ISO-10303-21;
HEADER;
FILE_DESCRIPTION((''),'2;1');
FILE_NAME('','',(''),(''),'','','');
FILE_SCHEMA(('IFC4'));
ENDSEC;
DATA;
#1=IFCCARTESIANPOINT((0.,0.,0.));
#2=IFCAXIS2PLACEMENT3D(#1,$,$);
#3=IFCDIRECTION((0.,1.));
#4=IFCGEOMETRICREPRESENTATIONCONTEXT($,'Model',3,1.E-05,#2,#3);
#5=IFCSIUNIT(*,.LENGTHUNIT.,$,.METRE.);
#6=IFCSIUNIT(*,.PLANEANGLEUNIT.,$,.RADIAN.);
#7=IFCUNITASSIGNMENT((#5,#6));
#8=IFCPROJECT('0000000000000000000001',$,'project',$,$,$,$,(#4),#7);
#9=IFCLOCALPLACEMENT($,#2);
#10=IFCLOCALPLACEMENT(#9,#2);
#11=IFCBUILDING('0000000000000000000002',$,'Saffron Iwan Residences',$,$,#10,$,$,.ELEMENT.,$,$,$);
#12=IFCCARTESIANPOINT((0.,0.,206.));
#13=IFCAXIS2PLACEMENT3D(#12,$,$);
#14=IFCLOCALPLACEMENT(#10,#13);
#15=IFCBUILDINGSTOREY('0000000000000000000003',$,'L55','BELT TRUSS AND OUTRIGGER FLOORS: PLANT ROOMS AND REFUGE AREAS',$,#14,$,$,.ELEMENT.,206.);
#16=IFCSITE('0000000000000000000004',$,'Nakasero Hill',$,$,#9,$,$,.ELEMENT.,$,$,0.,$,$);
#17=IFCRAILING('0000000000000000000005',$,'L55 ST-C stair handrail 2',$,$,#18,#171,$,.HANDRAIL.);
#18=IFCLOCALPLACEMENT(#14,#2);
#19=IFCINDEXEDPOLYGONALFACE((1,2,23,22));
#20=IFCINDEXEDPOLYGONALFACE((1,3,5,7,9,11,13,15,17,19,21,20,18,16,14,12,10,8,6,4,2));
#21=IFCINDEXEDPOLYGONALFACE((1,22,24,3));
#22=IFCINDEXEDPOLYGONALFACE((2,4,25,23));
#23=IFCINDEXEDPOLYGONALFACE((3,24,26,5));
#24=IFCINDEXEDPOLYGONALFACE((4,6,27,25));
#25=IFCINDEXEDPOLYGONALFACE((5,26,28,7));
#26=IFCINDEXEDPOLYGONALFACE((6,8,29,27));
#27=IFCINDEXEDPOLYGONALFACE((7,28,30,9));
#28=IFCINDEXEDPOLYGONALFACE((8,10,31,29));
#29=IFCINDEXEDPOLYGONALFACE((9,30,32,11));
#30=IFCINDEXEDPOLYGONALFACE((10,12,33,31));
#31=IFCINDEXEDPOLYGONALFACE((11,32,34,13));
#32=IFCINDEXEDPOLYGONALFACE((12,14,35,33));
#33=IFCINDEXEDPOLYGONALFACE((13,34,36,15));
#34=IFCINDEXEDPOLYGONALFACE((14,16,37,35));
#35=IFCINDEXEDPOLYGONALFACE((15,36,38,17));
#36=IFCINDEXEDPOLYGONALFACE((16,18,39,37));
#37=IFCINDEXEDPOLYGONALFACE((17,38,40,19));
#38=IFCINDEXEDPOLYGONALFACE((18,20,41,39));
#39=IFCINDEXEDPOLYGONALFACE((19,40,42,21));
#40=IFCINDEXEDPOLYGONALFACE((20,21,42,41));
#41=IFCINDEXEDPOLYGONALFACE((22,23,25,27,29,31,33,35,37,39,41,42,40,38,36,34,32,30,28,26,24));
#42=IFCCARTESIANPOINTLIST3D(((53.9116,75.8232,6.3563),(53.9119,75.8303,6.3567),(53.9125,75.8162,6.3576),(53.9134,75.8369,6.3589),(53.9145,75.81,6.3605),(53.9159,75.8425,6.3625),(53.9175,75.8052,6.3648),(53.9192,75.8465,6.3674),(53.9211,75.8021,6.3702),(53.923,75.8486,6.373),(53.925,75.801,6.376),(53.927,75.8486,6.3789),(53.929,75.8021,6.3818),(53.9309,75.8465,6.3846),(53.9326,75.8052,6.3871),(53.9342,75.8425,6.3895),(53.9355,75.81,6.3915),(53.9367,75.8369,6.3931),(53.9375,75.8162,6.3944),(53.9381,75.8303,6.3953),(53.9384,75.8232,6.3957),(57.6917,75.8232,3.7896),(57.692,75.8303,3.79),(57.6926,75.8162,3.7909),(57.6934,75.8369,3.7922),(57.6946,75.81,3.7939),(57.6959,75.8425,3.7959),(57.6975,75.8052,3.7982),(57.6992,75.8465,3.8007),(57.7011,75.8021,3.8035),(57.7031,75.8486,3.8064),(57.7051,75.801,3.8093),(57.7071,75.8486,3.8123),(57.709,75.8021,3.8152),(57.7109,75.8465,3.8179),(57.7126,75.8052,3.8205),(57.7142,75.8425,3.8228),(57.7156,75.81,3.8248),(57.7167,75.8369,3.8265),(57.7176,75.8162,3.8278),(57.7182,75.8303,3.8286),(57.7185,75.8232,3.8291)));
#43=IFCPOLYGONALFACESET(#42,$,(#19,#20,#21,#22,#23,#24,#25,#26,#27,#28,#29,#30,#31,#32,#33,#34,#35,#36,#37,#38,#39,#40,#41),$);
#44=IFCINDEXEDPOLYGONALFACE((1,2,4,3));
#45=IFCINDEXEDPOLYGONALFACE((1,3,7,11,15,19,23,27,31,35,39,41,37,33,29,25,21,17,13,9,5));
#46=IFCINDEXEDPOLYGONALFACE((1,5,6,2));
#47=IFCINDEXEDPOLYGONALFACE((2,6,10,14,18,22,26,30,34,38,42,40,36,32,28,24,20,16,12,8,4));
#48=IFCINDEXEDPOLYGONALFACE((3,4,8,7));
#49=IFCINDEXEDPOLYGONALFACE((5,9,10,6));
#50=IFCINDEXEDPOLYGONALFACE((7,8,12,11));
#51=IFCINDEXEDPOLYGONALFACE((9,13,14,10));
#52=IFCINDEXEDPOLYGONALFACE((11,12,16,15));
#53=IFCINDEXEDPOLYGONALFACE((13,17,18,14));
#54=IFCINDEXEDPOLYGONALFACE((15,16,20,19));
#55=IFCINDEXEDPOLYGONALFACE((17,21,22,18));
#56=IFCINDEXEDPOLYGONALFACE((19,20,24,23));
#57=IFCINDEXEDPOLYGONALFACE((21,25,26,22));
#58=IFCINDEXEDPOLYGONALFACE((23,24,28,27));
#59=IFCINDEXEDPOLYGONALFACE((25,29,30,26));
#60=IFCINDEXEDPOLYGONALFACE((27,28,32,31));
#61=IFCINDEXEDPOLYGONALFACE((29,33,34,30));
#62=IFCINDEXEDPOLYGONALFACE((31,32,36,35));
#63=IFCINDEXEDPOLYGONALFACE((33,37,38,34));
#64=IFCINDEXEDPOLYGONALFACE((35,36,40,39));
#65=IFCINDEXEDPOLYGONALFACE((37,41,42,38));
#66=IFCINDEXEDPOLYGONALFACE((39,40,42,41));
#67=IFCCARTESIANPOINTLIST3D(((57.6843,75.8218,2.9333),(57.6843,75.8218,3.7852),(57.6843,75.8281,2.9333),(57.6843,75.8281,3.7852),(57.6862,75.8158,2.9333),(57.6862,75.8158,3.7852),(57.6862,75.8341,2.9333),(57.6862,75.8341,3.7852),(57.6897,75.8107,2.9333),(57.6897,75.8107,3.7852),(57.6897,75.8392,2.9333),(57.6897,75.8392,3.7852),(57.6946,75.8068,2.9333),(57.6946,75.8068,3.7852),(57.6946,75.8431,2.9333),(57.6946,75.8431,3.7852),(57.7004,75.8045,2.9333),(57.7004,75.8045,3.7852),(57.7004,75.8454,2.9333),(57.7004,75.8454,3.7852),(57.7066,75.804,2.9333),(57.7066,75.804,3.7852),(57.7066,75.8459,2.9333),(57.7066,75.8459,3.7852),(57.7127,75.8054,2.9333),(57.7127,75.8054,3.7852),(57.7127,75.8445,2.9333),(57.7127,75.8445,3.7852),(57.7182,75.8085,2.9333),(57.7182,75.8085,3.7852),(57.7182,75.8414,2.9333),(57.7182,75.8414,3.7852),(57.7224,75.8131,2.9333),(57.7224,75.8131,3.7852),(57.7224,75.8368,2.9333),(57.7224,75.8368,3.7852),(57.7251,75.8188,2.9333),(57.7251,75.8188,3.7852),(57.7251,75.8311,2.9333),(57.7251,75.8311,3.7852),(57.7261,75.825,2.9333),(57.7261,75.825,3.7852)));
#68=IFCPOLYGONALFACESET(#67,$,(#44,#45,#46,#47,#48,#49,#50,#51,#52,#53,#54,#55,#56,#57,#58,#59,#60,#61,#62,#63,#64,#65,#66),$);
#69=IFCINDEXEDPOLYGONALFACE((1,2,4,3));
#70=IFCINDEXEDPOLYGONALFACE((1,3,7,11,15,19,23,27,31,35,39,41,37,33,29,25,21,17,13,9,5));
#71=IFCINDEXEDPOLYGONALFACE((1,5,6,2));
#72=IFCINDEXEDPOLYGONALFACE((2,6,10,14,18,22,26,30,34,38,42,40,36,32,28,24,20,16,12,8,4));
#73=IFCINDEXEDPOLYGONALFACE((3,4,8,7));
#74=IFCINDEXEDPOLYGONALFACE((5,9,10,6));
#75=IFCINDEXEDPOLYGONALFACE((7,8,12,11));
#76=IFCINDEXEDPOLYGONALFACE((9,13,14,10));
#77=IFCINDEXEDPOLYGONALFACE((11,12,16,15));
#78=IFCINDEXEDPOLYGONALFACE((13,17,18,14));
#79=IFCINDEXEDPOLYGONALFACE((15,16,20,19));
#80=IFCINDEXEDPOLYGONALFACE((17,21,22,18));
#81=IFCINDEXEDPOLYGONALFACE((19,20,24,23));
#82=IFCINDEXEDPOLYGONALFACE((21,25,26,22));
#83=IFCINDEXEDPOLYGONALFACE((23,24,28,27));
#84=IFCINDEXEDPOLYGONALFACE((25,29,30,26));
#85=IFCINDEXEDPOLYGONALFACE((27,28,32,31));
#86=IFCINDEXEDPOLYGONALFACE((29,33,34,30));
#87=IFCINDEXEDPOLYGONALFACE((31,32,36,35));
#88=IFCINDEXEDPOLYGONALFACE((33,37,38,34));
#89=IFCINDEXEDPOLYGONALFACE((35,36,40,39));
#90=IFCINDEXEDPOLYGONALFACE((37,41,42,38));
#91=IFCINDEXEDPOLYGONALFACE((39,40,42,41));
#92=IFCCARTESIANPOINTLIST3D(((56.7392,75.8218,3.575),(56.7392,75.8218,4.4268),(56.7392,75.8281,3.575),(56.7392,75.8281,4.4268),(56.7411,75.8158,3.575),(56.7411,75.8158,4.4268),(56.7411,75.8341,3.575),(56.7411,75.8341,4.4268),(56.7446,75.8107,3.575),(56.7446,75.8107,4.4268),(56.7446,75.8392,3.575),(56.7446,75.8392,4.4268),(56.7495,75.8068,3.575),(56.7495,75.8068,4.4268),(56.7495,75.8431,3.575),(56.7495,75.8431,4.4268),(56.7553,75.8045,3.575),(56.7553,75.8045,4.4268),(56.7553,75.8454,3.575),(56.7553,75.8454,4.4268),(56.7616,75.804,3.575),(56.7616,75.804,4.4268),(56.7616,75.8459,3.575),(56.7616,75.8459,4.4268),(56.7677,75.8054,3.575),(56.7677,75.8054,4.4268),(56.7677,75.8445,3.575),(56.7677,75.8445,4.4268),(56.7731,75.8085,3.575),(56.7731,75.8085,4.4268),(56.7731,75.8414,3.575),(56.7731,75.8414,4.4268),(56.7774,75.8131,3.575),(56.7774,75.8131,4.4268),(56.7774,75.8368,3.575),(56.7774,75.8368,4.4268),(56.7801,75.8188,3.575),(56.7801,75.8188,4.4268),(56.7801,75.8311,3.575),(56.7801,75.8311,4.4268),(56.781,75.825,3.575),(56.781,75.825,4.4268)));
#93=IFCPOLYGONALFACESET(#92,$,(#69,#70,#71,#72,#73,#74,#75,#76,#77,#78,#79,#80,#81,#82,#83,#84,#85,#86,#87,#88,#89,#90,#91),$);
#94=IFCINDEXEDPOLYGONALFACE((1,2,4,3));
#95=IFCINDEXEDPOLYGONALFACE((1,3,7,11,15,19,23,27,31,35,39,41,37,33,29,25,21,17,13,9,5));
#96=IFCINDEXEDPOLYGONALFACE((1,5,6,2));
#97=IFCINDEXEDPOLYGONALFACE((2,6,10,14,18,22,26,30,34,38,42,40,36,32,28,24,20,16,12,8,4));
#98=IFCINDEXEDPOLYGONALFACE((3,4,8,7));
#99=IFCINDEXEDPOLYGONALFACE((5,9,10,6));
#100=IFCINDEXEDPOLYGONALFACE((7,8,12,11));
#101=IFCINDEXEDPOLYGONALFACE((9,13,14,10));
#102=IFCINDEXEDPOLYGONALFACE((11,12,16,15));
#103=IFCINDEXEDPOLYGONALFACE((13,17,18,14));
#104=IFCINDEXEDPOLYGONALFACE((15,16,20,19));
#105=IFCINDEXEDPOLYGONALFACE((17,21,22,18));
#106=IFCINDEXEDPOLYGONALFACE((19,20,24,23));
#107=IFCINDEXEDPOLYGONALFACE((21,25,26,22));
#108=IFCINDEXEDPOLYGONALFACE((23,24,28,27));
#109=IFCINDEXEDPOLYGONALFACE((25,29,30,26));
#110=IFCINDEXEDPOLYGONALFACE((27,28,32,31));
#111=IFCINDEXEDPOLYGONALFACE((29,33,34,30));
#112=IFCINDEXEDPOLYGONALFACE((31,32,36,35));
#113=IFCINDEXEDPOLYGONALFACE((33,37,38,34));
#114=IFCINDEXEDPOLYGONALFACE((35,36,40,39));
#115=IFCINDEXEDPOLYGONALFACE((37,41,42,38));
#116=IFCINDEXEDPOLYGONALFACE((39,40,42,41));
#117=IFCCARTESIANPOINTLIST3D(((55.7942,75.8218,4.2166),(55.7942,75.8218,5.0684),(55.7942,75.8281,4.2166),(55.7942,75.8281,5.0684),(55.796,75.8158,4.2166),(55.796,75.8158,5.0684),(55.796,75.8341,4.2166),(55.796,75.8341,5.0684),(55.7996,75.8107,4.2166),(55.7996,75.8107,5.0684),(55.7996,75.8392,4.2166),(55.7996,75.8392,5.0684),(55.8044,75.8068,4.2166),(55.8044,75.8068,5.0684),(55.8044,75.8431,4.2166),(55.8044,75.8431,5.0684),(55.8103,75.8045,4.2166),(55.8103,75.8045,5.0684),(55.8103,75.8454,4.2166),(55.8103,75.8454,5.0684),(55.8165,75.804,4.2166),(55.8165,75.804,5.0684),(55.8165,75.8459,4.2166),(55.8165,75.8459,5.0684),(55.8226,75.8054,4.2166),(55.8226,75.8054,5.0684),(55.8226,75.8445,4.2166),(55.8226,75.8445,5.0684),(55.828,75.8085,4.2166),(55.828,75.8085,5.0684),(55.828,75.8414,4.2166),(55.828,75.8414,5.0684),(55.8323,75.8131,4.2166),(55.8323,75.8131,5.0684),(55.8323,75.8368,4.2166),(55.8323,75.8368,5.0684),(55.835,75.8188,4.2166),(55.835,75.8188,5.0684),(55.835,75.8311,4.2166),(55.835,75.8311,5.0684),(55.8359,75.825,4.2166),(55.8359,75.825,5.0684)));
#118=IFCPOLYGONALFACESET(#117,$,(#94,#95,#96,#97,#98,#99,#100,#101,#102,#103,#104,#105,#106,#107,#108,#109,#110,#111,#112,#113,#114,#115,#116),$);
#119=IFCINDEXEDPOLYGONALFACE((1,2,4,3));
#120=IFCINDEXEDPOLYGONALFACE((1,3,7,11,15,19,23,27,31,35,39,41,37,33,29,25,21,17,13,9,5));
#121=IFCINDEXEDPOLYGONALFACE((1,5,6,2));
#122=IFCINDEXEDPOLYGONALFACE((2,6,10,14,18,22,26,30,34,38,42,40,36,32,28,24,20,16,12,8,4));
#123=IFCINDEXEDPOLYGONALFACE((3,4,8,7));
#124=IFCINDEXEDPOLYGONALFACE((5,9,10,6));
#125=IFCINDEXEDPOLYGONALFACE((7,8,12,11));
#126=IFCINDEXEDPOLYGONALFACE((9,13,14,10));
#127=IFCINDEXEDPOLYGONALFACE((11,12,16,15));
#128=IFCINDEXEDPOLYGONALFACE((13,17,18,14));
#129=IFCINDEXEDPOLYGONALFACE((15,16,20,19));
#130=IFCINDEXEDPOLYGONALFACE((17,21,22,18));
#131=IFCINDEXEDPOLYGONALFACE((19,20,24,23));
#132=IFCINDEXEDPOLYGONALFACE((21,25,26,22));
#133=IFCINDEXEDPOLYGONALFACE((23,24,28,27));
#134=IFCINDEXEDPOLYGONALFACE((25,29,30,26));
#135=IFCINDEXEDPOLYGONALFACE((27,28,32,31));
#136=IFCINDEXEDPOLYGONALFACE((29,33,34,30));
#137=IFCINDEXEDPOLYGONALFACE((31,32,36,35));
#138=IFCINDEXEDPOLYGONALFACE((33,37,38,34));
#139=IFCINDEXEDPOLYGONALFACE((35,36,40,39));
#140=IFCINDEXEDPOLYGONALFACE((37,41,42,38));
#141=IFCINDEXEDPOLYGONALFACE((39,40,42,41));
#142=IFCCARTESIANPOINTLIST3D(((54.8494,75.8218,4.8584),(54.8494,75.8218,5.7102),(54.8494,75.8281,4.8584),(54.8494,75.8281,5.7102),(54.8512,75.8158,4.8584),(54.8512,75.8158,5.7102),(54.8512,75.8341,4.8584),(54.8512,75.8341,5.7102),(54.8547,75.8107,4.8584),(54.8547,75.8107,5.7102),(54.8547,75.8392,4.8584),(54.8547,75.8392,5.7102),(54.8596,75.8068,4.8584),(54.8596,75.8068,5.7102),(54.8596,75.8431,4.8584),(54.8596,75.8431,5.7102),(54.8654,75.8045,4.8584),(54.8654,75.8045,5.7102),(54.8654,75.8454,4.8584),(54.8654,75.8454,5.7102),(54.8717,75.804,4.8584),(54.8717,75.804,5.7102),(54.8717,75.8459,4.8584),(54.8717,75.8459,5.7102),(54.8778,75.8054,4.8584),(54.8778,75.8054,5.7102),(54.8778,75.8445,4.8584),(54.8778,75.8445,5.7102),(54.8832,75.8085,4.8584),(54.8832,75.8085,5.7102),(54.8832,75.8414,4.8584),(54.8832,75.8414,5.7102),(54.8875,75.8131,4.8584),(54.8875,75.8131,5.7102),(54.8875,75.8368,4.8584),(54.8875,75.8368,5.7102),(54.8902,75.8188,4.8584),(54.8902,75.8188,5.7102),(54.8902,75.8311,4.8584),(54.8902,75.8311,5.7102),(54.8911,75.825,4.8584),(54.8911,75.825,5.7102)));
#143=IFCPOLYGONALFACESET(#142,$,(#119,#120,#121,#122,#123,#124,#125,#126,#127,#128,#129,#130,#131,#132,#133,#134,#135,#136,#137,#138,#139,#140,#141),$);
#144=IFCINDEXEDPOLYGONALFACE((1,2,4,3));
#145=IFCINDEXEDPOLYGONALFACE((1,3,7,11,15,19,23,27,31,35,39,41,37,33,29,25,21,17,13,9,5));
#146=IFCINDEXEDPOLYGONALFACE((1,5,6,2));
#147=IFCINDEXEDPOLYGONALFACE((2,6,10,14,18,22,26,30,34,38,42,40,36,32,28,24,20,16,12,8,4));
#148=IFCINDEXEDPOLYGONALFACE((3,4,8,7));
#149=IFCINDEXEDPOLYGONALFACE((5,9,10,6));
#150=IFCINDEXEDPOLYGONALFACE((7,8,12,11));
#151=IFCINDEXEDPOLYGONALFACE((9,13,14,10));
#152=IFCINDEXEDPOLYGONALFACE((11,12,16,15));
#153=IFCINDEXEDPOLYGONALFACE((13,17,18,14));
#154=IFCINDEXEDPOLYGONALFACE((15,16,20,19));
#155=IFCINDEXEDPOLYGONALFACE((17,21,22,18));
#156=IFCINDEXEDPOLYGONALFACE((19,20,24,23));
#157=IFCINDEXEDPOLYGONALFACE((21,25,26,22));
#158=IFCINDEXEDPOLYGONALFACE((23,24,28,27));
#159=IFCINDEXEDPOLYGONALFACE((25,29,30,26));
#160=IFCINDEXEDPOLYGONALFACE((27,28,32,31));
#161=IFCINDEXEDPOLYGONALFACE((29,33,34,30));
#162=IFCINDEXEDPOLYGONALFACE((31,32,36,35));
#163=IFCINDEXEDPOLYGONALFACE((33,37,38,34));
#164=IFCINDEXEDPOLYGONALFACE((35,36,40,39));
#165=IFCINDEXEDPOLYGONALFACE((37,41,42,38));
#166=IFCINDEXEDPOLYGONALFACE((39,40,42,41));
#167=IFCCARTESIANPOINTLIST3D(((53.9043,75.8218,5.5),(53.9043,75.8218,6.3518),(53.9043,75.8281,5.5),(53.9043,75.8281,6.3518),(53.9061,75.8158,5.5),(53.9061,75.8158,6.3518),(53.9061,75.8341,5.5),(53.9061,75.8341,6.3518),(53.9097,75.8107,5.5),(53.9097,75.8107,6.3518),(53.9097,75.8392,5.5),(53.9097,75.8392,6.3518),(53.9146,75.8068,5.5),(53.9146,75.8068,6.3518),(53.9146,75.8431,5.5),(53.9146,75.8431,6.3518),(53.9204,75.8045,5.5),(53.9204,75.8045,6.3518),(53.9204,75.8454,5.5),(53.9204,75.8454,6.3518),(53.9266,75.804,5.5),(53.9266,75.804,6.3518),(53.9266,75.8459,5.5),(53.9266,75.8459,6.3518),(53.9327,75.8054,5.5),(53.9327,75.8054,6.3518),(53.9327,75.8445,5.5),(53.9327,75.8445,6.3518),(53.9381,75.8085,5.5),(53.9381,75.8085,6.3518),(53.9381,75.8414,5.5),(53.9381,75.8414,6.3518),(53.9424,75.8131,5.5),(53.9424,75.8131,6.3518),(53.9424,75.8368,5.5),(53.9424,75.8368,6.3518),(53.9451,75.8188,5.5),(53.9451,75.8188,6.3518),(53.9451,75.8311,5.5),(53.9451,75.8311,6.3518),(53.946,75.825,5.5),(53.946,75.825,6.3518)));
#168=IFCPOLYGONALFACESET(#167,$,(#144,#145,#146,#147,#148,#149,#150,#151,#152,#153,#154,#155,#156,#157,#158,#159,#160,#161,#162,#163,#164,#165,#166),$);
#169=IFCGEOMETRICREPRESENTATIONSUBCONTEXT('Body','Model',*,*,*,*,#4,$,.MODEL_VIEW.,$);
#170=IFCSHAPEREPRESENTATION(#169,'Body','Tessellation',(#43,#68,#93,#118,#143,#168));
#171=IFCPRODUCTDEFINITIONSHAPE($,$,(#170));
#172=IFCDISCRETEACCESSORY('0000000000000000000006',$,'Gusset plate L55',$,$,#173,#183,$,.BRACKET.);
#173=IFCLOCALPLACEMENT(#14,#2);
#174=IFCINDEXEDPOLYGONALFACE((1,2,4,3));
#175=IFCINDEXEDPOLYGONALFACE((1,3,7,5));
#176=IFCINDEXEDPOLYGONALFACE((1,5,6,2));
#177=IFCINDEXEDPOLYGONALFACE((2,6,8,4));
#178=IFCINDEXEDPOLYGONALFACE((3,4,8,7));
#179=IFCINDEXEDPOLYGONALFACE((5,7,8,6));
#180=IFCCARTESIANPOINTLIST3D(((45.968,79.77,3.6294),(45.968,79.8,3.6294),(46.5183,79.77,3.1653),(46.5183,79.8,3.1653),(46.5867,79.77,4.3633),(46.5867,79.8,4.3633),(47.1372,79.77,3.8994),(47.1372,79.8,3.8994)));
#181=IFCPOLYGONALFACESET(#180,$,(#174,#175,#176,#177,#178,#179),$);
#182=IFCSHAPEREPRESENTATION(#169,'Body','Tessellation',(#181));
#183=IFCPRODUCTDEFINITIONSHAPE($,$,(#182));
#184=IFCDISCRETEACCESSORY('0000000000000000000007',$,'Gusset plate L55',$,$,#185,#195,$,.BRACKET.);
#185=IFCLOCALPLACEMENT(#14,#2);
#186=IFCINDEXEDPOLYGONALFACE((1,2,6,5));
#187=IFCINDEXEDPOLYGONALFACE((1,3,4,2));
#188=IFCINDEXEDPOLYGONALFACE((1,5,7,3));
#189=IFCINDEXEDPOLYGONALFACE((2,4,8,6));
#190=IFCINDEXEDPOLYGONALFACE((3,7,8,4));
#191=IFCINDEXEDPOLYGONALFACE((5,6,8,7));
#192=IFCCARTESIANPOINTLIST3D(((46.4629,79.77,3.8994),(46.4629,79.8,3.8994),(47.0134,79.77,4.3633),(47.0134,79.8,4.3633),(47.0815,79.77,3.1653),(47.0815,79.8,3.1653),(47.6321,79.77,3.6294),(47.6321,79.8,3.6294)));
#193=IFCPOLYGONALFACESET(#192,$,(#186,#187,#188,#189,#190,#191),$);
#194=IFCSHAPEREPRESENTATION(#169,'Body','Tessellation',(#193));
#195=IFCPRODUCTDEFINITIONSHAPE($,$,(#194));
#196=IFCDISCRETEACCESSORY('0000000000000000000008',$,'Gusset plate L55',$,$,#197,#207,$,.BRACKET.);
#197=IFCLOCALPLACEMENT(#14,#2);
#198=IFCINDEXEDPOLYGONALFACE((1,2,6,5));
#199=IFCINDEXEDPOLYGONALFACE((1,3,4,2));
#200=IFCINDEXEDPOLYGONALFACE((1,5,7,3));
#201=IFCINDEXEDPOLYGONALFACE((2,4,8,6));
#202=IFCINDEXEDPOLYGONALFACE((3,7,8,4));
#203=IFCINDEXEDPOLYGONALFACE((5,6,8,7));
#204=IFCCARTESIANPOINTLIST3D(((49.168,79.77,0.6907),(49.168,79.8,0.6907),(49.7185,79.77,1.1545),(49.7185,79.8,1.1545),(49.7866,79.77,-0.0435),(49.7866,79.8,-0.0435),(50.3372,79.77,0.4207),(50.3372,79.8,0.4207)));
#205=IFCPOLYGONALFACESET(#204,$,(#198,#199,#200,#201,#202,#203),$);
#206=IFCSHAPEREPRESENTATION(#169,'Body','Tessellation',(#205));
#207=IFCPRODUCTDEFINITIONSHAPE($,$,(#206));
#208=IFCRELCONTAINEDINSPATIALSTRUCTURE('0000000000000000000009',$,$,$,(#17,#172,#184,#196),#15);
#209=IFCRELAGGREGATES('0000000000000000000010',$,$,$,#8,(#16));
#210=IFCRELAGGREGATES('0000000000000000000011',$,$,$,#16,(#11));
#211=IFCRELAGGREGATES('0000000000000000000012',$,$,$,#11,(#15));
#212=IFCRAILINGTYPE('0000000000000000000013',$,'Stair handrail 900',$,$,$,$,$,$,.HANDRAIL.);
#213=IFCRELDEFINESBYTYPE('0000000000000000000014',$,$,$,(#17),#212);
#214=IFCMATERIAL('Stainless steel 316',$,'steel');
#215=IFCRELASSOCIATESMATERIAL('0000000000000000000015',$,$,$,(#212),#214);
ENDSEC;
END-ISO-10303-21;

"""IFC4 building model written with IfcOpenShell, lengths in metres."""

from ifc_helpers import new_model, si_unit, direction, frame, origin, origin_2d, place, context, subcontext, project, spatial, polyline, circle, outline, extrude, material, type_object, element, save


model = new_model("IFC4")

# Units and contexts
model_context = context("Model", 3, precision=1e-05, world=origin(), true_north=direction((0.0, 1.0)))
body_context = subcontext(model_context, "Body", "Model", "MODEL_VIEW")
ifc_project = project(units=[si_unit("LENGTHUNIT", "METRE"), si_unit("PLANEANGLEUNIT", "RADIAN")], contexts=[model_context])

# Site, building, storey
site_placement = place(None, origin())
site = spatial("IfcSite", under=ifc_project, at=site_placement, Name="Nakasero Hill", CompositionType="ELEMENT", RefElevation=0.0)
building_placement = place(site_placement, origin())
building = spatial("IfcBuilding", under=site, at=building_placement, Name="Saffron Iwan Residences", CompositionType="ELEMENT")
storey_placement = place(building_placement, frame((0.0, 0.0, 206.0)))
storey = spatial("IfcBuildingStorey", under=building, at=storey_placement, Name="L55", Description="BELT TRUSS AND OUTRIGGER FLOORS: PLANT ROOMS AND REFUGE AREAS", CompositionType="ELEMENT", Elevation=206.0)

# Railing
ifc_material_1 = material(Name="Stainless steel 316", Category="steel")
railing_type_1 = type_object("IfcRailingType", Name="Stair handrail 900", PredefinedType="HANDRAIL", material=ifc_material_1)
railing_1_placement = place(storey_placement, frame((57.7051, 75.825, 2.9333)))
element("IfcRailing", 1, at=railing_1_placement, inside=storey, type_object=railing_type_1, Name="L55 ST-C stair handrail 2", PredefinedType="HANDRAIL", context=body_context, shape_type="SweptSolid", body=[
    extrude(circle(Radius=0.0239, at=origin_2d()), frame((0.0, 0.0, 0.876), z_axis=(-0.82731, 0.0, 0.561746), x_axis=(0.0, -1.0, 0.0)), (0.0, 0.0, 1.0), 4.5691),
    extrude(circle(Radius=0.021, at=origin_2d()), origin(), (0.0, 0.0, 1.0), 0.8518),
    extrude(circle(Radius=0.021, at=origin_2d()), frame((-0.9451, 0.0, 0.6416)), (0.0, 0.0, 1.0), 0.8518),
    extrude(circle(Radius=0.021, at=origin_2d()), frame((-1.8901, 0.0, 1.2832)), (0.0, 0.0, 1.0), 0.8518),
    extrude(circle(Radius=0.021, at=origin_2d()), frame((-2.835, 0.0, 1.925)), (0.0, 0.0, 1.0), 0.8518),
    extrude(circle(Radius=0.021, at=origin_2d()), frame((-3.78, 0.0, 2.5667)), (0.0, 0.0, 1.0), 0.8518),
])

# Discrete accessories
discrete_accessory_1_placement = place(storey_placement, frame((47.1372, 79.8, 3.8994), z_axis=(0.0, 1.0, 0.0), x_axis=(-0.644551, 0.0, -0.764562)))
element("IfcDiscreteAccessory", 2, at=discrete_accessory_1_placement, inside=storey, Name="Gusset plate L55", PredefinedType="BRACKET", context=body_context, shape_type="SweptSolid", body=[
    extrude(outline(polyline([(0.0, 0.0), (0.9602, 0.0), (0.96, 0.7199), (0.0002, 0.7199), (0.0, 0.0)])), origin(), (0.0, 0.0, -1.0), 0.03),
])
discrete_accessory_2_placement = place(storey_placement, frame((47.0134, 79.8, 4.3633), z_axis=(0.0, 1.0, 0.0), x_axis=(0.644527, 0.0, -0.764581)))
element("IfcDiscreteAccessory", 3, at=discrete_accessory_2_placement, inside=storey, Name="Gusset plate L55", PredefinedType="BRACKET", context=body_context, shape_type="SweptSolid", body=[
    extrude(outline(polyline([(0.0, 0.0), (0.9599, 0.0), (0.9599, 0.7201), (-0.0002, 0.7199), (0.0, 0.0)])), origin(), (0.0, 0.0, -1.0), 0.03),
])
discrete_accessory_3_placement = place(storey_placement, frame((49.7866, 79.8, -0.0435), z_axis=(0.0, 1.0, 0.0), x_axis=(-0.644402, 0.0, 0.764687)))
element("IfcDiscreteAccessory", 4, at=discrete_accessory_3_placement, inside=storey, Name="Gusset plate L55", PredefinedType="BRACKET", context=body_context, shape_type="SweptSolid", body=[
    extrude(outline(polyline([(0.0, 0.0), (0.96, 0.0), (0.96, 0.7199), (0.0001, 0.7201), (0.0, 0.0)])), origin(), (0.0, 0.0, -1.0), 0.03),
])

save(model, "model.ifc")
